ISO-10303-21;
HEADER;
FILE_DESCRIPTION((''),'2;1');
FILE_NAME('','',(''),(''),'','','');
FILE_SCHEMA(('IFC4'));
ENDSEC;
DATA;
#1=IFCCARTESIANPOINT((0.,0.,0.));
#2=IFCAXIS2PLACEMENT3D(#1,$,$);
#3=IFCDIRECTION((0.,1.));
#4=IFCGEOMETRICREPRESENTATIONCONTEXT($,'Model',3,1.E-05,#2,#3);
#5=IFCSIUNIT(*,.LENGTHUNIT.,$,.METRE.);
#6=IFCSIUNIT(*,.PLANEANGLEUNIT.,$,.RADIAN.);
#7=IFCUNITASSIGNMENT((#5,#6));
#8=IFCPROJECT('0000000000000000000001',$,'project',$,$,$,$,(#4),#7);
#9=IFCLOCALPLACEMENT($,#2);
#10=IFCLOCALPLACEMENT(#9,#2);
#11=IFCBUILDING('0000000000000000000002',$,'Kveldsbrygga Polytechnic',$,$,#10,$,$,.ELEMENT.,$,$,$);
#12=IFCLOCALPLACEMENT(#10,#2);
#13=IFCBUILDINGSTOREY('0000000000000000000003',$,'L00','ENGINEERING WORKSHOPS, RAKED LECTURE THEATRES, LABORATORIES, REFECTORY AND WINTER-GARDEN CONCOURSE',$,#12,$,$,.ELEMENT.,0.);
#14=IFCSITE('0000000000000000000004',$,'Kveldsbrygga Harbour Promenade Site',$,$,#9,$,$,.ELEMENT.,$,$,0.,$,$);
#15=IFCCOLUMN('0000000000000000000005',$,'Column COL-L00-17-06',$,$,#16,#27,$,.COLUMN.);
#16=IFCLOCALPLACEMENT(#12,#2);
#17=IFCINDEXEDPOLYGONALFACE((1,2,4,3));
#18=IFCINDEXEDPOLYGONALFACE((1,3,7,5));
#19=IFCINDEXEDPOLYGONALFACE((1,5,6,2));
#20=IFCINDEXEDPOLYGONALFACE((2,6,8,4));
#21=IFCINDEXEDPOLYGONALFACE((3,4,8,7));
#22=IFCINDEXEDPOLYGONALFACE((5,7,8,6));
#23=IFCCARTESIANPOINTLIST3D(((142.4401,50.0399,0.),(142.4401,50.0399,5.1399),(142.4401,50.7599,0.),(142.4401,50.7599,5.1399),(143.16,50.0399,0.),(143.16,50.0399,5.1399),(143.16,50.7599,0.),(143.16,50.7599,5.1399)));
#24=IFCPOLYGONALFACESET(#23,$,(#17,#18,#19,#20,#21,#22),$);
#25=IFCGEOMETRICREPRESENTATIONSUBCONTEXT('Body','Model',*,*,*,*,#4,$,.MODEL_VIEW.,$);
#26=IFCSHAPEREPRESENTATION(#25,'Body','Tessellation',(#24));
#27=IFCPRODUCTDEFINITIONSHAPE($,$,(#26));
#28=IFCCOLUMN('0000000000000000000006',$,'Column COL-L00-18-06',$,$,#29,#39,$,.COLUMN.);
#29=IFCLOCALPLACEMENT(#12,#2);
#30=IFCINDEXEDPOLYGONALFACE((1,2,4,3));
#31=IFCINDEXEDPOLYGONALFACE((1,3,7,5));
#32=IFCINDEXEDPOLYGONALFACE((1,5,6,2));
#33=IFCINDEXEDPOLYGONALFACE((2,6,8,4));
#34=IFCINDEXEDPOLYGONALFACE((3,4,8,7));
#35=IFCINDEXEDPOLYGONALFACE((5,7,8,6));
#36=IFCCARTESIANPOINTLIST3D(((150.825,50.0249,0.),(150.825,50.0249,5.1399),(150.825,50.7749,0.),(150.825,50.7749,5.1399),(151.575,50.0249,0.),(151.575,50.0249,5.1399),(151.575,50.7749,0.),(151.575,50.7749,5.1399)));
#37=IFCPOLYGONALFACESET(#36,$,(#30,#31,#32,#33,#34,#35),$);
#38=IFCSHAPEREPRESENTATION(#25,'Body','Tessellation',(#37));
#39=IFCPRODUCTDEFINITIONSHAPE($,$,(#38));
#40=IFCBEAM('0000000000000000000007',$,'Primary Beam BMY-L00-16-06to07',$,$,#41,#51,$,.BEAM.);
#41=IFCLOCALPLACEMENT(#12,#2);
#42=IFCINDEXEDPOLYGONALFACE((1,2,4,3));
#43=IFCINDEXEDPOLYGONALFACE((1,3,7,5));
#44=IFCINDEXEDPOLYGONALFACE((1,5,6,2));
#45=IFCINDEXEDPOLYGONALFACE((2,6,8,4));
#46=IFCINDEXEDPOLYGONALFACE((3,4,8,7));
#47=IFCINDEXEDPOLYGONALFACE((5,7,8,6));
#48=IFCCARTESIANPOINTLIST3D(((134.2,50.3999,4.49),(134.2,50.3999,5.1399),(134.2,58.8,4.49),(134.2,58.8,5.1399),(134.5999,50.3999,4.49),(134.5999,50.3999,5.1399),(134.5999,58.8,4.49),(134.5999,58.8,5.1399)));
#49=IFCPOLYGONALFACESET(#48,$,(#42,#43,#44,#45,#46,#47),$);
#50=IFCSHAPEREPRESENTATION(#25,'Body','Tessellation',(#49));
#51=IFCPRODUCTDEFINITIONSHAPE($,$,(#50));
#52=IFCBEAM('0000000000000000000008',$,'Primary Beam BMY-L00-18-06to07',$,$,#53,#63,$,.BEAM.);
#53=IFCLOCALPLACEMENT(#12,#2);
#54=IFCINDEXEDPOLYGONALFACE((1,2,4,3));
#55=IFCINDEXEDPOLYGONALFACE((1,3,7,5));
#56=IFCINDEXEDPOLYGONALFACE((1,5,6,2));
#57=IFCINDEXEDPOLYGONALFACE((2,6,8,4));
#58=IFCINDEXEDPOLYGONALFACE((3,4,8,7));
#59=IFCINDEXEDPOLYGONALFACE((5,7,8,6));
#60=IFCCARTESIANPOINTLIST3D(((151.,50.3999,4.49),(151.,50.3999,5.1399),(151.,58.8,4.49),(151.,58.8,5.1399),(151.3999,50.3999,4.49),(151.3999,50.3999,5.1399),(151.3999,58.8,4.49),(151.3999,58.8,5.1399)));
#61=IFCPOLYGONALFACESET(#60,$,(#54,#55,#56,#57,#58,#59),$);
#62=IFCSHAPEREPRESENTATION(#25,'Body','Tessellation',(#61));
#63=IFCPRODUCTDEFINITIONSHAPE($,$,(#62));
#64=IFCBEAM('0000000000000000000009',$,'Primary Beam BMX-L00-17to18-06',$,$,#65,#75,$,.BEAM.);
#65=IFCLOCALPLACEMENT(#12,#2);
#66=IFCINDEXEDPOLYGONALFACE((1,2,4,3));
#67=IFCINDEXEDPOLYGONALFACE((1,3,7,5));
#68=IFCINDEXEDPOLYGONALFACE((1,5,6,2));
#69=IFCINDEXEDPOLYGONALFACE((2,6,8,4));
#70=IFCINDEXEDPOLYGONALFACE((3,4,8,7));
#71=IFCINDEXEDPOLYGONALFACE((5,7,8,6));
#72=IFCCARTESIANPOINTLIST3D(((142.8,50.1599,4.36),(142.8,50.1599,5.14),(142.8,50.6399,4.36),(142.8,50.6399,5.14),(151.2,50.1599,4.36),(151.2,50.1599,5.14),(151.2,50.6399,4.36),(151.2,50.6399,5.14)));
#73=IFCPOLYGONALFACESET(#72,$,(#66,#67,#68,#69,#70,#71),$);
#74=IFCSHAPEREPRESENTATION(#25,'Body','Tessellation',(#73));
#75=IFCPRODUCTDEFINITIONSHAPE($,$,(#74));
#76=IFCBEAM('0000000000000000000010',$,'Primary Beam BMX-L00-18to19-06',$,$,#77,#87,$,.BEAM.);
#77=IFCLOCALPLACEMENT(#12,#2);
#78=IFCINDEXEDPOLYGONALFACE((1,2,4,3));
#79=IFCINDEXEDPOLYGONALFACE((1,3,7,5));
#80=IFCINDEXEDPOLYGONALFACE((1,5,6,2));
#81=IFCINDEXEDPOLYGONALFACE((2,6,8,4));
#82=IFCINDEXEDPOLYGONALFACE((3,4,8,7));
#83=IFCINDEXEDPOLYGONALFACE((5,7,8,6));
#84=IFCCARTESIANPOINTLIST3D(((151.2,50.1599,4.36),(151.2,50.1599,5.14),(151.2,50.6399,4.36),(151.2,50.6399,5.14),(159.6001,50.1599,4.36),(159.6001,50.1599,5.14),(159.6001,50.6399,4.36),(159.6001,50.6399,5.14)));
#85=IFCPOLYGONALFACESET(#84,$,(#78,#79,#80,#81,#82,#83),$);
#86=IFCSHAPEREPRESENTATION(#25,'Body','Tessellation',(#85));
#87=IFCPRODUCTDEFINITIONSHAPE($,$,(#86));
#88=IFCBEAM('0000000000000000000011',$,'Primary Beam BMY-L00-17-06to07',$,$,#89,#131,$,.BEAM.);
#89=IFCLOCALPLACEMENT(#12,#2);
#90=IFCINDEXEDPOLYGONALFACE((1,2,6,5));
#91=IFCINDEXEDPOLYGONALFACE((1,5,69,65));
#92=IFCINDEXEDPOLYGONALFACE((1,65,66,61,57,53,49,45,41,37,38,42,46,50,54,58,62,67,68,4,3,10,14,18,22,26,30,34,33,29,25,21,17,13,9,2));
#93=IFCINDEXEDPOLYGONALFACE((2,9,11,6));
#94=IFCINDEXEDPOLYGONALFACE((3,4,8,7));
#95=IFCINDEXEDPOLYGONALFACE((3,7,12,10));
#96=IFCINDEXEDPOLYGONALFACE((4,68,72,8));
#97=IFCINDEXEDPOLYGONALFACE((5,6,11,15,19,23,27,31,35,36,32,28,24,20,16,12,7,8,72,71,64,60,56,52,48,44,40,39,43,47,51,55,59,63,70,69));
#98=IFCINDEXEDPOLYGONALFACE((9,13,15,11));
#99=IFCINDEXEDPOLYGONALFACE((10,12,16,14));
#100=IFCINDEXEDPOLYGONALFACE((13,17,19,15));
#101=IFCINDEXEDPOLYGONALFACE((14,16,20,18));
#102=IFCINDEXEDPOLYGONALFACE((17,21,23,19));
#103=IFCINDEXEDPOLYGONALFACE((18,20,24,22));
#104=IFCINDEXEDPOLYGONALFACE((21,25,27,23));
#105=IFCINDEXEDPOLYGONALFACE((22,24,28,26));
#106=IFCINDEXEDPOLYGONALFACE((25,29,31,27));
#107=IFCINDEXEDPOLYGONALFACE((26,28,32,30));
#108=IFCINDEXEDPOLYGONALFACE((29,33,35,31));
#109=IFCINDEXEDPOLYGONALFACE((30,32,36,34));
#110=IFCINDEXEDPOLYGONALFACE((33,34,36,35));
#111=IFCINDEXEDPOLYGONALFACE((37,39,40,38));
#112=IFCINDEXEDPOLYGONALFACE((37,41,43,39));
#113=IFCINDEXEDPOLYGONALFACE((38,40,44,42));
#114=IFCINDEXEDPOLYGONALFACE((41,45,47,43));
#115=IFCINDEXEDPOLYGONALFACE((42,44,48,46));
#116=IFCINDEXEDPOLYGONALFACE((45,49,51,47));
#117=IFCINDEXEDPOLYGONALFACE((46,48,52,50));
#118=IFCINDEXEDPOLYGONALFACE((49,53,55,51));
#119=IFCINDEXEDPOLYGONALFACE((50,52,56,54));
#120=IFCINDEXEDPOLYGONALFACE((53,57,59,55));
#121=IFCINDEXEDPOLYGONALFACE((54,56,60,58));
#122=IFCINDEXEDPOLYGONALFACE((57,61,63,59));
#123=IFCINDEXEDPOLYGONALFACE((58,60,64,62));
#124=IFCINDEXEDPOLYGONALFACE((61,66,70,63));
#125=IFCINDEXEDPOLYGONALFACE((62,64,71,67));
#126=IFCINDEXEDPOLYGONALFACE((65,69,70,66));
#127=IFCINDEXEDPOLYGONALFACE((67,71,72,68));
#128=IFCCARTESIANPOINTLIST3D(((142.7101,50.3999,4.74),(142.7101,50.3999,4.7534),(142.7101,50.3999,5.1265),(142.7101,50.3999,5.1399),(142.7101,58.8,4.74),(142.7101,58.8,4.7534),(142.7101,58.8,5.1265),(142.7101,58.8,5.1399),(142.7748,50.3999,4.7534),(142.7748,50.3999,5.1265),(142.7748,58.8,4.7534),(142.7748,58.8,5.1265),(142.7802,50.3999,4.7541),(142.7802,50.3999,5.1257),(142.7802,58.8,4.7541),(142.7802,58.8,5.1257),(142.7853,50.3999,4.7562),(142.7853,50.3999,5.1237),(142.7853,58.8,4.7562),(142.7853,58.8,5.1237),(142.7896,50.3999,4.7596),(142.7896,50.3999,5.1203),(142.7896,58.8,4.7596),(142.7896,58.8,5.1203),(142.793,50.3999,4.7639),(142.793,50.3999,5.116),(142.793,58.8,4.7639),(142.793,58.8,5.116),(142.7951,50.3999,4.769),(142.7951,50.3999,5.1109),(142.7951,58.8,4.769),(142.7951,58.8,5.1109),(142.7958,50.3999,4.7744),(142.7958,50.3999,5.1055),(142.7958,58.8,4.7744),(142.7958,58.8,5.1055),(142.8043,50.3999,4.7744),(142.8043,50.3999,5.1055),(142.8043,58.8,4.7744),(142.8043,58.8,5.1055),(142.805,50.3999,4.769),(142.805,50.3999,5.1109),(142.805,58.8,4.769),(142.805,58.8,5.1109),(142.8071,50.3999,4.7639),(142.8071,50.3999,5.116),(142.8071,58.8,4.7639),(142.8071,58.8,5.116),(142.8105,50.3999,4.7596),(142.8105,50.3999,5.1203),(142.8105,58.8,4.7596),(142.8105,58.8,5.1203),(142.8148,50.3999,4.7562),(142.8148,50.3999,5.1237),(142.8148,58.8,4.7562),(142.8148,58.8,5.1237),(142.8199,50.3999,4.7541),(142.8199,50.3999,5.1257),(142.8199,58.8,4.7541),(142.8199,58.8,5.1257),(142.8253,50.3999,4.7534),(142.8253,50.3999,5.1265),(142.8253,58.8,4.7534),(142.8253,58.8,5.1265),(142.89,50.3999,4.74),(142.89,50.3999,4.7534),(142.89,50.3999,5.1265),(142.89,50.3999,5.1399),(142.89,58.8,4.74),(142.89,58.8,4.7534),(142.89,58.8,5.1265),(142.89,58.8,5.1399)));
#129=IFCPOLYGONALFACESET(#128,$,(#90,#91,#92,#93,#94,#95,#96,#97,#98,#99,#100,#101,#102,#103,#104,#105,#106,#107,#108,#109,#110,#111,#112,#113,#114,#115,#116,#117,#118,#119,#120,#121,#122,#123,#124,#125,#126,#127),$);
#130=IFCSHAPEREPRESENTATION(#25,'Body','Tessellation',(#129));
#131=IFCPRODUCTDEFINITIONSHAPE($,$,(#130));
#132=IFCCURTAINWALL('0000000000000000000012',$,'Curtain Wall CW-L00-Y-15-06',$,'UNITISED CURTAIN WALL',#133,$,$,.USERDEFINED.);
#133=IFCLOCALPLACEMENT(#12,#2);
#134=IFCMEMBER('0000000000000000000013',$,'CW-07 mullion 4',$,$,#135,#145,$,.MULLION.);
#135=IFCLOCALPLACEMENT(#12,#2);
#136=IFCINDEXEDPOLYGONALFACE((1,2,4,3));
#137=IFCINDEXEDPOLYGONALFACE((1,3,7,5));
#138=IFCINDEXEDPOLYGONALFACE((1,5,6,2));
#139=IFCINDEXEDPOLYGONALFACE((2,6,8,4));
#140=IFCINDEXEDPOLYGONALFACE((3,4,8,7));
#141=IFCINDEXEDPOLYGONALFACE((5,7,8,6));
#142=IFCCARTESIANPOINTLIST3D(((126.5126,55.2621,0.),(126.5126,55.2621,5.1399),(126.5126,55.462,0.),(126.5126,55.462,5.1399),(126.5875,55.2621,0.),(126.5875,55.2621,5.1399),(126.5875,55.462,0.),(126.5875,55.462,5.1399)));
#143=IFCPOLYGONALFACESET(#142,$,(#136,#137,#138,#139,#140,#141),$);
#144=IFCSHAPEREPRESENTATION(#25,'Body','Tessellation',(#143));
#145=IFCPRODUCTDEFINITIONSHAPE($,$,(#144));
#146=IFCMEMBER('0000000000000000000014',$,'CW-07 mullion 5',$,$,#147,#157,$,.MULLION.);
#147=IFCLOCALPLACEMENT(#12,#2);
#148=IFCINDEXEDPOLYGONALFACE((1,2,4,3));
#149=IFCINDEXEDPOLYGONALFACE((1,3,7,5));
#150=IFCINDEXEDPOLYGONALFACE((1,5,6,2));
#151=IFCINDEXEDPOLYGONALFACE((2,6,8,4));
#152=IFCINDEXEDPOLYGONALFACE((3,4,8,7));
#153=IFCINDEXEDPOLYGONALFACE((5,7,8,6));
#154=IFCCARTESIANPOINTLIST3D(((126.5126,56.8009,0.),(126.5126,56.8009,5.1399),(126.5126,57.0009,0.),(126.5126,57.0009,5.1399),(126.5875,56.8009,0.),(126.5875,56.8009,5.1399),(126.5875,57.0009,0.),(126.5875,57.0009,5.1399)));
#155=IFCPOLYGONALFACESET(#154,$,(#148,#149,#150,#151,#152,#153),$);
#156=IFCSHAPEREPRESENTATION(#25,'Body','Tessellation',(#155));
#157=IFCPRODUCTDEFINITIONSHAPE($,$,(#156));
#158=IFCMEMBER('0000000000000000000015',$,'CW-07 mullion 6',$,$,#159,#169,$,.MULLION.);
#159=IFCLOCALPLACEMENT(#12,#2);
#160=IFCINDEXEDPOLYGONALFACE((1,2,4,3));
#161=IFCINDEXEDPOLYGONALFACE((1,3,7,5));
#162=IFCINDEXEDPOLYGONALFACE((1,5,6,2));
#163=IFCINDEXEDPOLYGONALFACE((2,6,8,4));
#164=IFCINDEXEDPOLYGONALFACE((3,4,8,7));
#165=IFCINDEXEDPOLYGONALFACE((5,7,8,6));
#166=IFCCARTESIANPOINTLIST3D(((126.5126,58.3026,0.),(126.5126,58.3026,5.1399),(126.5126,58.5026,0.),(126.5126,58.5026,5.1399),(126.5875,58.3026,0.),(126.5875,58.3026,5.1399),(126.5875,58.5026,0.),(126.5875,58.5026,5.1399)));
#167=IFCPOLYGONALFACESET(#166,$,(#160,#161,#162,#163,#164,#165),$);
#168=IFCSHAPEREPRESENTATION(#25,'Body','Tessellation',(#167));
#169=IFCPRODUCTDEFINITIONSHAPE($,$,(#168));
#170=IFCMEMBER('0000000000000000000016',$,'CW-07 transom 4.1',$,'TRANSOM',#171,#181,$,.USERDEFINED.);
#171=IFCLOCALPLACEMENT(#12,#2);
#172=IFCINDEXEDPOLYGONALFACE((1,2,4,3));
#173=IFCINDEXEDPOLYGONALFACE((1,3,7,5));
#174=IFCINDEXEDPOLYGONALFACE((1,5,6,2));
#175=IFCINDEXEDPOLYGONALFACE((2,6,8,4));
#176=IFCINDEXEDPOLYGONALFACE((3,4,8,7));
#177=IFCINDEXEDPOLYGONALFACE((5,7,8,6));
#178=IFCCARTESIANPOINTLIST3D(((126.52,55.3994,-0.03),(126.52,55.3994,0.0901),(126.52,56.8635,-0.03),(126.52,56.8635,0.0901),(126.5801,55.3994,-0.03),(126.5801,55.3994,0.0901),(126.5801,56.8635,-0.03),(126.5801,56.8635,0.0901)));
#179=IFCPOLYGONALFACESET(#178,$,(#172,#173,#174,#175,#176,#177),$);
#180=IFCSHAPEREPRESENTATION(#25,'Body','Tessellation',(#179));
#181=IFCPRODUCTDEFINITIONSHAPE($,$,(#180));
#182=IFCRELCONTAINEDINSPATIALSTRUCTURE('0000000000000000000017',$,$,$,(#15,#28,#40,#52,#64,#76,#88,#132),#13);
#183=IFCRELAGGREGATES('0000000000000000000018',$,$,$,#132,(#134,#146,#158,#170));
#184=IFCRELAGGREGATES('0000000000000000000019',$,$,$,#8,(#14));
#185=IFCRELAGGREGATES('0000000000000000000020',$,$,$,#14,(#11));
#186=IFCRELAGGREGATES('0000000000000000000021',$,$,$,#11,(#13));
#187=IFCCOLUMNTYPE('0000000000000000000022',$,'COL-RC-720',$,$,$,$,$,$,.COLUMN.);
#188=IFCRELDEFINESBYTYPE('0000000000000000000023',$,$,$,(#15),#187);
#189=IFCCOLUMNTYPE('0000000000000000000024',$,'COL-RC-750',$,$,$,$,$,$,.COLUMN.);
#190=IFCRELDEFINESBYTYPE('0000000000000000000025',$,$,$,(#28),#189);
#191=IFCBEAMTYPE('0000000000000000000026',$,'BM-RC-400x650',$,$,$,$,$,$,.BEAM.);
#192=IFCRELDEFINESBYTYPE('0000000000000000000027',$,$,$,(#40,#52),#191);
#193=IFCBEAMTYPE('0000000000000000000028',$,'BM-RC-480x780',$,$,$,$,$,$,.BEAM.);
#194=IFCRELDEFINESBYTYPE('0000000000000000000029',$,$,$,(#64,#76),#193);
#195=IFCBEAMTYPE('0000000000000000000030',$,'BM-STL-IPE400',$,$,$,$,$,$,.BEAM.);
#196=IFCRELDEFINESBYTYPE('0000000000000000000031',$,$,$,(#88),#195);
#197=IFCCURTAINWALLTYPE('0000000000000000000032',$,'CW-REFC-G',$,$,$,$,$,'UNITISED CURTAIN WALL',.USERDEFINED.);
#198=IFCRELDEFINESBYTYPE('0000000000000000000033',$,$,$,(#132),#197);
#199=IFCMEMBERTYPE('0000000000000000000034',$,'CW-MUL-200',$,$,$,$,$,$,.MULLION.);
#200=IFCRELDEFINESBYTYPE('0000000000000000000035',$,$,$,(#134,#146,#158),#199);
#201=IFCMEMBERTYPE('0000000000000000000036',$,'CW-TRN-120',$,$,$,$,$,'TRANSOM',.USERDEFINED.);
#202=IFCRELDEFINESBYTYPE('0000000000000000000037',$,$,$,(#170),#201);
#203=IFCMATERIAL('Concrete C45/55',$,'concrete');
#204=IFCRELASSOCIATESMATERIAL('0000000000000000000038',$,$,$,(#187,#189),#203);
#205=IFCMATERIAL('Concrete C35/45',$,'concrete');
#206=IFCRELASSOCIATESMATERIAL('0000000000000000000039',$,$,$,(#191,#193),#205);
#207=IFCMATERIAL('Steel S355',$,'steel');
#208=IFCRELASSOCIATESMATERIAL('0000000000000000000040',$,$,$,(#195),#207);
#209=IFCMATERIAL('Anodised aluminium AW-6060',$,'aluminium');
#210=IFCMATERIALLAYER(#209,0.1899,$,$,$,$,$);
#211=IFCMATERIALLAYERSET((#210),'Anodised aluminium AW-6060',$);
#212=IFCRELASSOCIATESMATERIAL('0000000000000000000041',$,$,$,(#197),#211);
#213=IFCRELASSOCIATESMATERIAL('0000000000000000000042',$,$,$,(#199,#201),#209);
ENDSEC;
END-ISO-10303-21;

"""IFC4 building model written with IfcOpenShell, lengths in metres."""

from ifc_helpers import new_model, si_unit, direction, frame, origin, origin_2d, place, context, subcontext, project, spatial, rectangle, i_section, extrude, material, layer, layer_set, material_profile, profile_set, type_object, element, aggregate, save


model = new_model("IFC4")

# Units and contexts
model_context = context("Model", 3, precision=1e-05, world=origin(), true_north=direction((0.0, 1.0)))
body_context = subcontext(model_context, "Body", "Model", "MODEL_VIEW")
ifc_project = project(units=[si_unit("LENGTHUNIT", "METRE"), si_unit("PLANEANGLEUNIT", "RADIAN")], contexts=[model_context])

# Site, building, storey
site_placement = place(None, origin())
site = spatial("IfcSite", under=ifc_project, at=site_placement, Name="Kveldsbrygga Harbour Promenade Site", CompositionType="ELEMENT", RefElevation=0.0)
building_placement = place(site_placement, origin())
building = spatial("IfcBuilding", under=site, at=building_placement, Name="Kveldsbrygga Polytechnic", CompositionType="ELEMENT")
storey_placement = place(building_placement, origin())
storey = spatial("IfcBuildingStorey", under=building, at=storey_placement, Name="L00", Description="ENGINEERING WORKSHOPS, RAKED LECTURE THEATRES, LABORATORIES, REFECTORY AND WINTER-GARDEN CONCOURSE", CompositionType="ELEMENT", Elevation=0.0)

# Columns
ifc_material_1 = material(Name="Concrete C45/55", Category="concrete")
ifc_material_profile_1 = material_profile(ifc_material_1, rectangle(XDim=0.72, YDim=0.72, at=origin_2d()), Name="RC 720x720")
ifc_profile_set_1 = profile_set([ifc_material_profile_1], Name="Concrete C45/55")
column_type_1 = type_object("IfcColumnType", Name="COL-RC-720", PredefinedType="COLUMN", material=ifc_profile_set_1)
column_1_placement = place(storey_placement, frame((142.8, 50.3999, 0.0), z_axis=(0.0, 0.0, 1.0), x_axis=(1.0, 0.0, 0.0)))
element("IfcColumn", 1, at=column_1_placement, inside=storey, type_object=column_type_1, Name="Column COL-L00-17-06", PredefinedType="COLUMN", context=body_context, shape_type="SweptSolid", body=[
    extrude(rectangle(XDim=0.72, YDim=0.72, at=origin_2d()), origin(), (0.0, 0.0, 1.0), 5.1399),
])
ifc_material_profile_2 = material_profile(ifc_material_1, rectangle(XDim=0.75, YDim=0.75, at=origin_2d()), Name="RC 750x750")
ifc_profile_set_2 = profile_set([ifc_material_profile_2], Name="Concrete C45/55")
column_type_2 = type_object("IfcColumnType", Name="COL-RC-750", PredefinedType="COLUMN", material=ifc_profile_set_2)
column_2_placement = place(storey_placement, frame((151.2, 50.3999, 0.0), z_axis=(0.0, 0.0, 1.0), x_axis=(1.0, 0.0, 0.0)))
element("IfcColumn", 2, at=column_2_placement, inside=storey, type_object=column_type_2, Name="Column COL-L00-18-06", PredefinedType="COLUMN", context=body_context, shape_type="SweptSolid", body=[
    extrude(rectangle(XDim=0.75, YDim=0.75, at=origin_2d()), origin(), (0.0, 0.0, 1.0), 5.1399),
])

# Beams
ifc_material_2 = material(Name="Concrete C35/45", Category="concrete")
ifc_material_profile_3 = material_profile(ifc_material_2, rectangle(XDim=0.3999, YDim=0.6499, at=origin_2d()), Name="RC 400x650")
ifc_profile_set_3 = profile_set([ifc_material_profile_3], Name="Concrete C35/45")
beam_type_1 = type_object("IfcBeamType", Name="BM-RC-400x650", PredefinedType="BEAM", material=ifc_profile_set_3)
for number, where, z_axis, x_axis, name in (
    (3, (134.3999, 50.3999, 4.8149), (0.0, 1.0, 0.0), (-1.0, 0.0, 0.0), "Primary Beam BMY-L00-16-06to07"),
    (4, (151.2, 50.3999, 4.8149), (0.0, 1.0, 0.0), (-1.0, 0.0, 0.0), "Primary Beam BMY-L00-18-06to07"),
):
    element("IfcBeam", number, at=place(storey_placement, frame(where, z_axis=z_axis, x_axis=x_axis)), inside=storey, type_object=beam_type_1, Name=name, PredefinedType="BEAM", context=body_context, shape_type="SweptSolid", body=[
        extrude(rectangle(XDim=0.3999, YDim=0.6499, at=origin_2d()), origin(), (0.0, 0.0, 1.0), 8.4001),
    ])
ifc_material_profile_4 = material_profile(ifc_material_2, rectangle(XDim=0.48, YDim=0.78, at=origin_2d()), Name="RC 480x780")
ifc_profile_set_4 = profile_set([ifc_material_profile_4], Name="Concrete C35/45")
beam_type_2 = type_object("IfcBeamType", Name="BM-RC-480x780", PredefinedType="BEAM", material=ifc_profile_set_4)
beam_1_placement = place(storey_placement, frame((142.8, 50.3999, 4.75), z_axis=(1.0, 0.0, 0.0), x_axis=(0.0, 1.0, 0.0)))
element("IfcBeam", 5, at=beam_1_placement, inside=storey, type_object=beam_type_2, Name="Primary Beam BMX-L00-17to18-06", PredefinedType="BEAM", context=body_context, shape_type="SweptSolid", body=[
    extrude(rectangle(XDim=0.48, YDim=0.78, at=origin_2d()), origin(), (0.0, 0.0, 1.0), 8.3999),
])
beam_2_placement = place(storey_placement, frame((151.2, 50.3999, 4.75), z_axis=(1.0, 0.0, 0.0), x_axis=(0.0, 1.0, 0.0)))
element("IfcBeam", 6, at=beam_2_placement, inside=storey, type_object=beam_type_2, Name="Primary Beam BMX-L00-18to19-06", PredefinedType="BEAM", context=body_context, shape_type="SweptSolid", body=[
    extrude(rectangle(XDim=0.48, YDim=0.78, at=origin_2d()), origin(), (0.0, 0.0, 1.0), 8.4001),
])
ifc_material_3 = material(Name="Steel S355", Category="steel")
ifc_material_profile_5 = material_profile(ifc_material_3, i_section(OverallWidth=0.1799, OverallDepth=0.3999, WebThickness=0.0085, FlangeThickness=0.0134, FilletRadius=0.021, at=origin_2d()), Name="IPE 400")
ifc_profile_set_5 = profile_set([ifc_material_profile_5], Name="Steel S355")
beam_type_3 = type_object("IfcBeamType", Name="BM-STL-IPE400", PredefinedType="BEAM", material=ifc_profile_set_5)
beam_3_placement = place(storey_placement, frame((142.8, 50.3999, 4.9399), z_axis=(0.0, 1.0, 0.0), x_axis=(-1.0, 0.0, 0.0)))
element("IfcBeam", 7, at=beam_3_placement, inside=storey, type_object=beam_type_3, Name="Primary Beam BMY-L00-17-06to07", PredefinedType="BEAM", context=body_context, shape_type="SweptSolid", body=[
    extrude(i_section(OverallWidth=0.1799, OverallDepth=0.3999, WebThickness=0.0085, FlangeThickness=0.0134, FilletRadius=0.021, at=origin_2d()), origin(), (0.0, 0.0, 1.0), 8.4001),
])

# Curtain wall, members
ifc_material_4 = material(Name="Anodised aluminium AW-6060", Category="aluminium")
ifc_layer_1 = layer(ifc_material_4, 0.1899)
ifc_layer_set_1 = layer_set([ifc_layer_1], Name="Anodised aluminium AW-6060")
curtain_wall_type = type_object("IfcCurtainWallType", Name="CW-REFC-G", ElementType="UNITISED CURTAIN WALL", PredefinedType="USERDEFINED", material=ifc_layer_set_1)
curtain_wall_placement = place(storey_placement, origin())
curtain_wall = element("IfcCurtainWall", 8, at=curtain_wall_placement, inside=storey, type_object=curtain_wall_type, Name="Curtain Wall CW-L00-Y-15-06", ObjectType="UNITISED CURTAIN WALL", PredefinedType="USERDEFINED")
ifc_material_profile_6 = material_profile(ifc_material_4, rectangle(XDim=0.075, YDim=0.2, at=origin_2d()), Name="ALU 75x200")
ifc_profile_set_6 = profile_set([ifc_material_profile_6], Name="Anodised aluminium AW-6060")
member_type_1 = type_object("IfcMemberType", Name="CW-MUL-200", PredefinedType="MULLION", material=ifc_profile_set_6)
member_1_placement = place(storey_placement, frame((126.55, 55.3621, 0.0), z_axis=(0.0, 0.0, 1.0), x_axis=(-1.0, 0.0, 0.0)))
member_1 = element("IfcMember", 9, at=member_1_placement, type_object=member_type_1, Name="CW-07 mullion 4", PredefinedType="MULLION", context=body_context, shape_type="SweptSolid", body=[
    extrude(rectangle(XDim=0.075, YDim=0.2, at=origin_2d()), origin(), (0.0, 0.0, 1.0), 5.1399),
])
member_2_placement = place(storey_placement, frame((126.55, 56.9009, 0.0), z_axis=(0.0, 0.0, 1.0), x_axis=(-1.0, 0.0, 0.0)))
member_2 = element("IfcMember", 10, at=member_2_placement, type_object=member_type_1, Name="CW-07 mullion 5", PredefinedType="MULLION", context=body_context, shape_type="SweptSolid", body=[
    extrude(rectangle(XDim=0.075, YDim=0.2, at=origin_2d()), origin(), (0.0, 0.0, 1.0), 5.1399),
])
member_3_placement = place(storey_placement, frame((126.55, 58.4026, 0.0), z_axis=(0.0, 0.0, 1.0), x_axis=(-1.0, 0.0, 0.0)))
member_3 = element("IfcMember", 11, at=member_3_placement, type_object=member_type_1, Name="CW-07 mullion 6", PredefinedType="MULLION", context=body_context, shape_type="SweptSolid", body=[
    extrude(rectangle(XDim=0.075, YDim=0.2, at=origin_2d()), origin(), (0.0, 0.0, 1.0), 5.1399),
])
ifc_material_profile_7 = material_profile(ifc_material_4, rectangle(XDim=0.0601, YDim=0.1201, at=origin_2d()), Name="ALU 60x120")
ifc_profile_set_7 = profile_set([ifc_material_profile_7], Name="Anodised aluminium AW-6060")
member_type_2 = type_object("IfcMemberType", Name="CW-TRN-120", ElementType="TRANSOM", PredefinedType="USERDEFINED", material=ifc_profile_set_7)
member_4_placement = place(storey_placement, frame((126.55, 55.3994, 0.03), z_axis=(0.0, 1.0, 0.0), x_axis=(-1.0, 0.0, 0.0)))
member_4 = element("IfcMember", 12, at=member_4_placement, type_object=member_type_2, Name="CW-07 transom 4.1", ObjectType="TRANSOM", PredefinedType="USERDEFINED", context=body_context, shape_type="SweptSolid", body=[
    extrude(rectangle(XDim=0.0601, YDim=0.1201, at=origin_2d()), origin(), (0.0, 0.0, 1.0), 1.4641),
])

aggregate(curtain_wall, [member_1, member_2, member_3, member_4])

save(model, "model.ifc")
